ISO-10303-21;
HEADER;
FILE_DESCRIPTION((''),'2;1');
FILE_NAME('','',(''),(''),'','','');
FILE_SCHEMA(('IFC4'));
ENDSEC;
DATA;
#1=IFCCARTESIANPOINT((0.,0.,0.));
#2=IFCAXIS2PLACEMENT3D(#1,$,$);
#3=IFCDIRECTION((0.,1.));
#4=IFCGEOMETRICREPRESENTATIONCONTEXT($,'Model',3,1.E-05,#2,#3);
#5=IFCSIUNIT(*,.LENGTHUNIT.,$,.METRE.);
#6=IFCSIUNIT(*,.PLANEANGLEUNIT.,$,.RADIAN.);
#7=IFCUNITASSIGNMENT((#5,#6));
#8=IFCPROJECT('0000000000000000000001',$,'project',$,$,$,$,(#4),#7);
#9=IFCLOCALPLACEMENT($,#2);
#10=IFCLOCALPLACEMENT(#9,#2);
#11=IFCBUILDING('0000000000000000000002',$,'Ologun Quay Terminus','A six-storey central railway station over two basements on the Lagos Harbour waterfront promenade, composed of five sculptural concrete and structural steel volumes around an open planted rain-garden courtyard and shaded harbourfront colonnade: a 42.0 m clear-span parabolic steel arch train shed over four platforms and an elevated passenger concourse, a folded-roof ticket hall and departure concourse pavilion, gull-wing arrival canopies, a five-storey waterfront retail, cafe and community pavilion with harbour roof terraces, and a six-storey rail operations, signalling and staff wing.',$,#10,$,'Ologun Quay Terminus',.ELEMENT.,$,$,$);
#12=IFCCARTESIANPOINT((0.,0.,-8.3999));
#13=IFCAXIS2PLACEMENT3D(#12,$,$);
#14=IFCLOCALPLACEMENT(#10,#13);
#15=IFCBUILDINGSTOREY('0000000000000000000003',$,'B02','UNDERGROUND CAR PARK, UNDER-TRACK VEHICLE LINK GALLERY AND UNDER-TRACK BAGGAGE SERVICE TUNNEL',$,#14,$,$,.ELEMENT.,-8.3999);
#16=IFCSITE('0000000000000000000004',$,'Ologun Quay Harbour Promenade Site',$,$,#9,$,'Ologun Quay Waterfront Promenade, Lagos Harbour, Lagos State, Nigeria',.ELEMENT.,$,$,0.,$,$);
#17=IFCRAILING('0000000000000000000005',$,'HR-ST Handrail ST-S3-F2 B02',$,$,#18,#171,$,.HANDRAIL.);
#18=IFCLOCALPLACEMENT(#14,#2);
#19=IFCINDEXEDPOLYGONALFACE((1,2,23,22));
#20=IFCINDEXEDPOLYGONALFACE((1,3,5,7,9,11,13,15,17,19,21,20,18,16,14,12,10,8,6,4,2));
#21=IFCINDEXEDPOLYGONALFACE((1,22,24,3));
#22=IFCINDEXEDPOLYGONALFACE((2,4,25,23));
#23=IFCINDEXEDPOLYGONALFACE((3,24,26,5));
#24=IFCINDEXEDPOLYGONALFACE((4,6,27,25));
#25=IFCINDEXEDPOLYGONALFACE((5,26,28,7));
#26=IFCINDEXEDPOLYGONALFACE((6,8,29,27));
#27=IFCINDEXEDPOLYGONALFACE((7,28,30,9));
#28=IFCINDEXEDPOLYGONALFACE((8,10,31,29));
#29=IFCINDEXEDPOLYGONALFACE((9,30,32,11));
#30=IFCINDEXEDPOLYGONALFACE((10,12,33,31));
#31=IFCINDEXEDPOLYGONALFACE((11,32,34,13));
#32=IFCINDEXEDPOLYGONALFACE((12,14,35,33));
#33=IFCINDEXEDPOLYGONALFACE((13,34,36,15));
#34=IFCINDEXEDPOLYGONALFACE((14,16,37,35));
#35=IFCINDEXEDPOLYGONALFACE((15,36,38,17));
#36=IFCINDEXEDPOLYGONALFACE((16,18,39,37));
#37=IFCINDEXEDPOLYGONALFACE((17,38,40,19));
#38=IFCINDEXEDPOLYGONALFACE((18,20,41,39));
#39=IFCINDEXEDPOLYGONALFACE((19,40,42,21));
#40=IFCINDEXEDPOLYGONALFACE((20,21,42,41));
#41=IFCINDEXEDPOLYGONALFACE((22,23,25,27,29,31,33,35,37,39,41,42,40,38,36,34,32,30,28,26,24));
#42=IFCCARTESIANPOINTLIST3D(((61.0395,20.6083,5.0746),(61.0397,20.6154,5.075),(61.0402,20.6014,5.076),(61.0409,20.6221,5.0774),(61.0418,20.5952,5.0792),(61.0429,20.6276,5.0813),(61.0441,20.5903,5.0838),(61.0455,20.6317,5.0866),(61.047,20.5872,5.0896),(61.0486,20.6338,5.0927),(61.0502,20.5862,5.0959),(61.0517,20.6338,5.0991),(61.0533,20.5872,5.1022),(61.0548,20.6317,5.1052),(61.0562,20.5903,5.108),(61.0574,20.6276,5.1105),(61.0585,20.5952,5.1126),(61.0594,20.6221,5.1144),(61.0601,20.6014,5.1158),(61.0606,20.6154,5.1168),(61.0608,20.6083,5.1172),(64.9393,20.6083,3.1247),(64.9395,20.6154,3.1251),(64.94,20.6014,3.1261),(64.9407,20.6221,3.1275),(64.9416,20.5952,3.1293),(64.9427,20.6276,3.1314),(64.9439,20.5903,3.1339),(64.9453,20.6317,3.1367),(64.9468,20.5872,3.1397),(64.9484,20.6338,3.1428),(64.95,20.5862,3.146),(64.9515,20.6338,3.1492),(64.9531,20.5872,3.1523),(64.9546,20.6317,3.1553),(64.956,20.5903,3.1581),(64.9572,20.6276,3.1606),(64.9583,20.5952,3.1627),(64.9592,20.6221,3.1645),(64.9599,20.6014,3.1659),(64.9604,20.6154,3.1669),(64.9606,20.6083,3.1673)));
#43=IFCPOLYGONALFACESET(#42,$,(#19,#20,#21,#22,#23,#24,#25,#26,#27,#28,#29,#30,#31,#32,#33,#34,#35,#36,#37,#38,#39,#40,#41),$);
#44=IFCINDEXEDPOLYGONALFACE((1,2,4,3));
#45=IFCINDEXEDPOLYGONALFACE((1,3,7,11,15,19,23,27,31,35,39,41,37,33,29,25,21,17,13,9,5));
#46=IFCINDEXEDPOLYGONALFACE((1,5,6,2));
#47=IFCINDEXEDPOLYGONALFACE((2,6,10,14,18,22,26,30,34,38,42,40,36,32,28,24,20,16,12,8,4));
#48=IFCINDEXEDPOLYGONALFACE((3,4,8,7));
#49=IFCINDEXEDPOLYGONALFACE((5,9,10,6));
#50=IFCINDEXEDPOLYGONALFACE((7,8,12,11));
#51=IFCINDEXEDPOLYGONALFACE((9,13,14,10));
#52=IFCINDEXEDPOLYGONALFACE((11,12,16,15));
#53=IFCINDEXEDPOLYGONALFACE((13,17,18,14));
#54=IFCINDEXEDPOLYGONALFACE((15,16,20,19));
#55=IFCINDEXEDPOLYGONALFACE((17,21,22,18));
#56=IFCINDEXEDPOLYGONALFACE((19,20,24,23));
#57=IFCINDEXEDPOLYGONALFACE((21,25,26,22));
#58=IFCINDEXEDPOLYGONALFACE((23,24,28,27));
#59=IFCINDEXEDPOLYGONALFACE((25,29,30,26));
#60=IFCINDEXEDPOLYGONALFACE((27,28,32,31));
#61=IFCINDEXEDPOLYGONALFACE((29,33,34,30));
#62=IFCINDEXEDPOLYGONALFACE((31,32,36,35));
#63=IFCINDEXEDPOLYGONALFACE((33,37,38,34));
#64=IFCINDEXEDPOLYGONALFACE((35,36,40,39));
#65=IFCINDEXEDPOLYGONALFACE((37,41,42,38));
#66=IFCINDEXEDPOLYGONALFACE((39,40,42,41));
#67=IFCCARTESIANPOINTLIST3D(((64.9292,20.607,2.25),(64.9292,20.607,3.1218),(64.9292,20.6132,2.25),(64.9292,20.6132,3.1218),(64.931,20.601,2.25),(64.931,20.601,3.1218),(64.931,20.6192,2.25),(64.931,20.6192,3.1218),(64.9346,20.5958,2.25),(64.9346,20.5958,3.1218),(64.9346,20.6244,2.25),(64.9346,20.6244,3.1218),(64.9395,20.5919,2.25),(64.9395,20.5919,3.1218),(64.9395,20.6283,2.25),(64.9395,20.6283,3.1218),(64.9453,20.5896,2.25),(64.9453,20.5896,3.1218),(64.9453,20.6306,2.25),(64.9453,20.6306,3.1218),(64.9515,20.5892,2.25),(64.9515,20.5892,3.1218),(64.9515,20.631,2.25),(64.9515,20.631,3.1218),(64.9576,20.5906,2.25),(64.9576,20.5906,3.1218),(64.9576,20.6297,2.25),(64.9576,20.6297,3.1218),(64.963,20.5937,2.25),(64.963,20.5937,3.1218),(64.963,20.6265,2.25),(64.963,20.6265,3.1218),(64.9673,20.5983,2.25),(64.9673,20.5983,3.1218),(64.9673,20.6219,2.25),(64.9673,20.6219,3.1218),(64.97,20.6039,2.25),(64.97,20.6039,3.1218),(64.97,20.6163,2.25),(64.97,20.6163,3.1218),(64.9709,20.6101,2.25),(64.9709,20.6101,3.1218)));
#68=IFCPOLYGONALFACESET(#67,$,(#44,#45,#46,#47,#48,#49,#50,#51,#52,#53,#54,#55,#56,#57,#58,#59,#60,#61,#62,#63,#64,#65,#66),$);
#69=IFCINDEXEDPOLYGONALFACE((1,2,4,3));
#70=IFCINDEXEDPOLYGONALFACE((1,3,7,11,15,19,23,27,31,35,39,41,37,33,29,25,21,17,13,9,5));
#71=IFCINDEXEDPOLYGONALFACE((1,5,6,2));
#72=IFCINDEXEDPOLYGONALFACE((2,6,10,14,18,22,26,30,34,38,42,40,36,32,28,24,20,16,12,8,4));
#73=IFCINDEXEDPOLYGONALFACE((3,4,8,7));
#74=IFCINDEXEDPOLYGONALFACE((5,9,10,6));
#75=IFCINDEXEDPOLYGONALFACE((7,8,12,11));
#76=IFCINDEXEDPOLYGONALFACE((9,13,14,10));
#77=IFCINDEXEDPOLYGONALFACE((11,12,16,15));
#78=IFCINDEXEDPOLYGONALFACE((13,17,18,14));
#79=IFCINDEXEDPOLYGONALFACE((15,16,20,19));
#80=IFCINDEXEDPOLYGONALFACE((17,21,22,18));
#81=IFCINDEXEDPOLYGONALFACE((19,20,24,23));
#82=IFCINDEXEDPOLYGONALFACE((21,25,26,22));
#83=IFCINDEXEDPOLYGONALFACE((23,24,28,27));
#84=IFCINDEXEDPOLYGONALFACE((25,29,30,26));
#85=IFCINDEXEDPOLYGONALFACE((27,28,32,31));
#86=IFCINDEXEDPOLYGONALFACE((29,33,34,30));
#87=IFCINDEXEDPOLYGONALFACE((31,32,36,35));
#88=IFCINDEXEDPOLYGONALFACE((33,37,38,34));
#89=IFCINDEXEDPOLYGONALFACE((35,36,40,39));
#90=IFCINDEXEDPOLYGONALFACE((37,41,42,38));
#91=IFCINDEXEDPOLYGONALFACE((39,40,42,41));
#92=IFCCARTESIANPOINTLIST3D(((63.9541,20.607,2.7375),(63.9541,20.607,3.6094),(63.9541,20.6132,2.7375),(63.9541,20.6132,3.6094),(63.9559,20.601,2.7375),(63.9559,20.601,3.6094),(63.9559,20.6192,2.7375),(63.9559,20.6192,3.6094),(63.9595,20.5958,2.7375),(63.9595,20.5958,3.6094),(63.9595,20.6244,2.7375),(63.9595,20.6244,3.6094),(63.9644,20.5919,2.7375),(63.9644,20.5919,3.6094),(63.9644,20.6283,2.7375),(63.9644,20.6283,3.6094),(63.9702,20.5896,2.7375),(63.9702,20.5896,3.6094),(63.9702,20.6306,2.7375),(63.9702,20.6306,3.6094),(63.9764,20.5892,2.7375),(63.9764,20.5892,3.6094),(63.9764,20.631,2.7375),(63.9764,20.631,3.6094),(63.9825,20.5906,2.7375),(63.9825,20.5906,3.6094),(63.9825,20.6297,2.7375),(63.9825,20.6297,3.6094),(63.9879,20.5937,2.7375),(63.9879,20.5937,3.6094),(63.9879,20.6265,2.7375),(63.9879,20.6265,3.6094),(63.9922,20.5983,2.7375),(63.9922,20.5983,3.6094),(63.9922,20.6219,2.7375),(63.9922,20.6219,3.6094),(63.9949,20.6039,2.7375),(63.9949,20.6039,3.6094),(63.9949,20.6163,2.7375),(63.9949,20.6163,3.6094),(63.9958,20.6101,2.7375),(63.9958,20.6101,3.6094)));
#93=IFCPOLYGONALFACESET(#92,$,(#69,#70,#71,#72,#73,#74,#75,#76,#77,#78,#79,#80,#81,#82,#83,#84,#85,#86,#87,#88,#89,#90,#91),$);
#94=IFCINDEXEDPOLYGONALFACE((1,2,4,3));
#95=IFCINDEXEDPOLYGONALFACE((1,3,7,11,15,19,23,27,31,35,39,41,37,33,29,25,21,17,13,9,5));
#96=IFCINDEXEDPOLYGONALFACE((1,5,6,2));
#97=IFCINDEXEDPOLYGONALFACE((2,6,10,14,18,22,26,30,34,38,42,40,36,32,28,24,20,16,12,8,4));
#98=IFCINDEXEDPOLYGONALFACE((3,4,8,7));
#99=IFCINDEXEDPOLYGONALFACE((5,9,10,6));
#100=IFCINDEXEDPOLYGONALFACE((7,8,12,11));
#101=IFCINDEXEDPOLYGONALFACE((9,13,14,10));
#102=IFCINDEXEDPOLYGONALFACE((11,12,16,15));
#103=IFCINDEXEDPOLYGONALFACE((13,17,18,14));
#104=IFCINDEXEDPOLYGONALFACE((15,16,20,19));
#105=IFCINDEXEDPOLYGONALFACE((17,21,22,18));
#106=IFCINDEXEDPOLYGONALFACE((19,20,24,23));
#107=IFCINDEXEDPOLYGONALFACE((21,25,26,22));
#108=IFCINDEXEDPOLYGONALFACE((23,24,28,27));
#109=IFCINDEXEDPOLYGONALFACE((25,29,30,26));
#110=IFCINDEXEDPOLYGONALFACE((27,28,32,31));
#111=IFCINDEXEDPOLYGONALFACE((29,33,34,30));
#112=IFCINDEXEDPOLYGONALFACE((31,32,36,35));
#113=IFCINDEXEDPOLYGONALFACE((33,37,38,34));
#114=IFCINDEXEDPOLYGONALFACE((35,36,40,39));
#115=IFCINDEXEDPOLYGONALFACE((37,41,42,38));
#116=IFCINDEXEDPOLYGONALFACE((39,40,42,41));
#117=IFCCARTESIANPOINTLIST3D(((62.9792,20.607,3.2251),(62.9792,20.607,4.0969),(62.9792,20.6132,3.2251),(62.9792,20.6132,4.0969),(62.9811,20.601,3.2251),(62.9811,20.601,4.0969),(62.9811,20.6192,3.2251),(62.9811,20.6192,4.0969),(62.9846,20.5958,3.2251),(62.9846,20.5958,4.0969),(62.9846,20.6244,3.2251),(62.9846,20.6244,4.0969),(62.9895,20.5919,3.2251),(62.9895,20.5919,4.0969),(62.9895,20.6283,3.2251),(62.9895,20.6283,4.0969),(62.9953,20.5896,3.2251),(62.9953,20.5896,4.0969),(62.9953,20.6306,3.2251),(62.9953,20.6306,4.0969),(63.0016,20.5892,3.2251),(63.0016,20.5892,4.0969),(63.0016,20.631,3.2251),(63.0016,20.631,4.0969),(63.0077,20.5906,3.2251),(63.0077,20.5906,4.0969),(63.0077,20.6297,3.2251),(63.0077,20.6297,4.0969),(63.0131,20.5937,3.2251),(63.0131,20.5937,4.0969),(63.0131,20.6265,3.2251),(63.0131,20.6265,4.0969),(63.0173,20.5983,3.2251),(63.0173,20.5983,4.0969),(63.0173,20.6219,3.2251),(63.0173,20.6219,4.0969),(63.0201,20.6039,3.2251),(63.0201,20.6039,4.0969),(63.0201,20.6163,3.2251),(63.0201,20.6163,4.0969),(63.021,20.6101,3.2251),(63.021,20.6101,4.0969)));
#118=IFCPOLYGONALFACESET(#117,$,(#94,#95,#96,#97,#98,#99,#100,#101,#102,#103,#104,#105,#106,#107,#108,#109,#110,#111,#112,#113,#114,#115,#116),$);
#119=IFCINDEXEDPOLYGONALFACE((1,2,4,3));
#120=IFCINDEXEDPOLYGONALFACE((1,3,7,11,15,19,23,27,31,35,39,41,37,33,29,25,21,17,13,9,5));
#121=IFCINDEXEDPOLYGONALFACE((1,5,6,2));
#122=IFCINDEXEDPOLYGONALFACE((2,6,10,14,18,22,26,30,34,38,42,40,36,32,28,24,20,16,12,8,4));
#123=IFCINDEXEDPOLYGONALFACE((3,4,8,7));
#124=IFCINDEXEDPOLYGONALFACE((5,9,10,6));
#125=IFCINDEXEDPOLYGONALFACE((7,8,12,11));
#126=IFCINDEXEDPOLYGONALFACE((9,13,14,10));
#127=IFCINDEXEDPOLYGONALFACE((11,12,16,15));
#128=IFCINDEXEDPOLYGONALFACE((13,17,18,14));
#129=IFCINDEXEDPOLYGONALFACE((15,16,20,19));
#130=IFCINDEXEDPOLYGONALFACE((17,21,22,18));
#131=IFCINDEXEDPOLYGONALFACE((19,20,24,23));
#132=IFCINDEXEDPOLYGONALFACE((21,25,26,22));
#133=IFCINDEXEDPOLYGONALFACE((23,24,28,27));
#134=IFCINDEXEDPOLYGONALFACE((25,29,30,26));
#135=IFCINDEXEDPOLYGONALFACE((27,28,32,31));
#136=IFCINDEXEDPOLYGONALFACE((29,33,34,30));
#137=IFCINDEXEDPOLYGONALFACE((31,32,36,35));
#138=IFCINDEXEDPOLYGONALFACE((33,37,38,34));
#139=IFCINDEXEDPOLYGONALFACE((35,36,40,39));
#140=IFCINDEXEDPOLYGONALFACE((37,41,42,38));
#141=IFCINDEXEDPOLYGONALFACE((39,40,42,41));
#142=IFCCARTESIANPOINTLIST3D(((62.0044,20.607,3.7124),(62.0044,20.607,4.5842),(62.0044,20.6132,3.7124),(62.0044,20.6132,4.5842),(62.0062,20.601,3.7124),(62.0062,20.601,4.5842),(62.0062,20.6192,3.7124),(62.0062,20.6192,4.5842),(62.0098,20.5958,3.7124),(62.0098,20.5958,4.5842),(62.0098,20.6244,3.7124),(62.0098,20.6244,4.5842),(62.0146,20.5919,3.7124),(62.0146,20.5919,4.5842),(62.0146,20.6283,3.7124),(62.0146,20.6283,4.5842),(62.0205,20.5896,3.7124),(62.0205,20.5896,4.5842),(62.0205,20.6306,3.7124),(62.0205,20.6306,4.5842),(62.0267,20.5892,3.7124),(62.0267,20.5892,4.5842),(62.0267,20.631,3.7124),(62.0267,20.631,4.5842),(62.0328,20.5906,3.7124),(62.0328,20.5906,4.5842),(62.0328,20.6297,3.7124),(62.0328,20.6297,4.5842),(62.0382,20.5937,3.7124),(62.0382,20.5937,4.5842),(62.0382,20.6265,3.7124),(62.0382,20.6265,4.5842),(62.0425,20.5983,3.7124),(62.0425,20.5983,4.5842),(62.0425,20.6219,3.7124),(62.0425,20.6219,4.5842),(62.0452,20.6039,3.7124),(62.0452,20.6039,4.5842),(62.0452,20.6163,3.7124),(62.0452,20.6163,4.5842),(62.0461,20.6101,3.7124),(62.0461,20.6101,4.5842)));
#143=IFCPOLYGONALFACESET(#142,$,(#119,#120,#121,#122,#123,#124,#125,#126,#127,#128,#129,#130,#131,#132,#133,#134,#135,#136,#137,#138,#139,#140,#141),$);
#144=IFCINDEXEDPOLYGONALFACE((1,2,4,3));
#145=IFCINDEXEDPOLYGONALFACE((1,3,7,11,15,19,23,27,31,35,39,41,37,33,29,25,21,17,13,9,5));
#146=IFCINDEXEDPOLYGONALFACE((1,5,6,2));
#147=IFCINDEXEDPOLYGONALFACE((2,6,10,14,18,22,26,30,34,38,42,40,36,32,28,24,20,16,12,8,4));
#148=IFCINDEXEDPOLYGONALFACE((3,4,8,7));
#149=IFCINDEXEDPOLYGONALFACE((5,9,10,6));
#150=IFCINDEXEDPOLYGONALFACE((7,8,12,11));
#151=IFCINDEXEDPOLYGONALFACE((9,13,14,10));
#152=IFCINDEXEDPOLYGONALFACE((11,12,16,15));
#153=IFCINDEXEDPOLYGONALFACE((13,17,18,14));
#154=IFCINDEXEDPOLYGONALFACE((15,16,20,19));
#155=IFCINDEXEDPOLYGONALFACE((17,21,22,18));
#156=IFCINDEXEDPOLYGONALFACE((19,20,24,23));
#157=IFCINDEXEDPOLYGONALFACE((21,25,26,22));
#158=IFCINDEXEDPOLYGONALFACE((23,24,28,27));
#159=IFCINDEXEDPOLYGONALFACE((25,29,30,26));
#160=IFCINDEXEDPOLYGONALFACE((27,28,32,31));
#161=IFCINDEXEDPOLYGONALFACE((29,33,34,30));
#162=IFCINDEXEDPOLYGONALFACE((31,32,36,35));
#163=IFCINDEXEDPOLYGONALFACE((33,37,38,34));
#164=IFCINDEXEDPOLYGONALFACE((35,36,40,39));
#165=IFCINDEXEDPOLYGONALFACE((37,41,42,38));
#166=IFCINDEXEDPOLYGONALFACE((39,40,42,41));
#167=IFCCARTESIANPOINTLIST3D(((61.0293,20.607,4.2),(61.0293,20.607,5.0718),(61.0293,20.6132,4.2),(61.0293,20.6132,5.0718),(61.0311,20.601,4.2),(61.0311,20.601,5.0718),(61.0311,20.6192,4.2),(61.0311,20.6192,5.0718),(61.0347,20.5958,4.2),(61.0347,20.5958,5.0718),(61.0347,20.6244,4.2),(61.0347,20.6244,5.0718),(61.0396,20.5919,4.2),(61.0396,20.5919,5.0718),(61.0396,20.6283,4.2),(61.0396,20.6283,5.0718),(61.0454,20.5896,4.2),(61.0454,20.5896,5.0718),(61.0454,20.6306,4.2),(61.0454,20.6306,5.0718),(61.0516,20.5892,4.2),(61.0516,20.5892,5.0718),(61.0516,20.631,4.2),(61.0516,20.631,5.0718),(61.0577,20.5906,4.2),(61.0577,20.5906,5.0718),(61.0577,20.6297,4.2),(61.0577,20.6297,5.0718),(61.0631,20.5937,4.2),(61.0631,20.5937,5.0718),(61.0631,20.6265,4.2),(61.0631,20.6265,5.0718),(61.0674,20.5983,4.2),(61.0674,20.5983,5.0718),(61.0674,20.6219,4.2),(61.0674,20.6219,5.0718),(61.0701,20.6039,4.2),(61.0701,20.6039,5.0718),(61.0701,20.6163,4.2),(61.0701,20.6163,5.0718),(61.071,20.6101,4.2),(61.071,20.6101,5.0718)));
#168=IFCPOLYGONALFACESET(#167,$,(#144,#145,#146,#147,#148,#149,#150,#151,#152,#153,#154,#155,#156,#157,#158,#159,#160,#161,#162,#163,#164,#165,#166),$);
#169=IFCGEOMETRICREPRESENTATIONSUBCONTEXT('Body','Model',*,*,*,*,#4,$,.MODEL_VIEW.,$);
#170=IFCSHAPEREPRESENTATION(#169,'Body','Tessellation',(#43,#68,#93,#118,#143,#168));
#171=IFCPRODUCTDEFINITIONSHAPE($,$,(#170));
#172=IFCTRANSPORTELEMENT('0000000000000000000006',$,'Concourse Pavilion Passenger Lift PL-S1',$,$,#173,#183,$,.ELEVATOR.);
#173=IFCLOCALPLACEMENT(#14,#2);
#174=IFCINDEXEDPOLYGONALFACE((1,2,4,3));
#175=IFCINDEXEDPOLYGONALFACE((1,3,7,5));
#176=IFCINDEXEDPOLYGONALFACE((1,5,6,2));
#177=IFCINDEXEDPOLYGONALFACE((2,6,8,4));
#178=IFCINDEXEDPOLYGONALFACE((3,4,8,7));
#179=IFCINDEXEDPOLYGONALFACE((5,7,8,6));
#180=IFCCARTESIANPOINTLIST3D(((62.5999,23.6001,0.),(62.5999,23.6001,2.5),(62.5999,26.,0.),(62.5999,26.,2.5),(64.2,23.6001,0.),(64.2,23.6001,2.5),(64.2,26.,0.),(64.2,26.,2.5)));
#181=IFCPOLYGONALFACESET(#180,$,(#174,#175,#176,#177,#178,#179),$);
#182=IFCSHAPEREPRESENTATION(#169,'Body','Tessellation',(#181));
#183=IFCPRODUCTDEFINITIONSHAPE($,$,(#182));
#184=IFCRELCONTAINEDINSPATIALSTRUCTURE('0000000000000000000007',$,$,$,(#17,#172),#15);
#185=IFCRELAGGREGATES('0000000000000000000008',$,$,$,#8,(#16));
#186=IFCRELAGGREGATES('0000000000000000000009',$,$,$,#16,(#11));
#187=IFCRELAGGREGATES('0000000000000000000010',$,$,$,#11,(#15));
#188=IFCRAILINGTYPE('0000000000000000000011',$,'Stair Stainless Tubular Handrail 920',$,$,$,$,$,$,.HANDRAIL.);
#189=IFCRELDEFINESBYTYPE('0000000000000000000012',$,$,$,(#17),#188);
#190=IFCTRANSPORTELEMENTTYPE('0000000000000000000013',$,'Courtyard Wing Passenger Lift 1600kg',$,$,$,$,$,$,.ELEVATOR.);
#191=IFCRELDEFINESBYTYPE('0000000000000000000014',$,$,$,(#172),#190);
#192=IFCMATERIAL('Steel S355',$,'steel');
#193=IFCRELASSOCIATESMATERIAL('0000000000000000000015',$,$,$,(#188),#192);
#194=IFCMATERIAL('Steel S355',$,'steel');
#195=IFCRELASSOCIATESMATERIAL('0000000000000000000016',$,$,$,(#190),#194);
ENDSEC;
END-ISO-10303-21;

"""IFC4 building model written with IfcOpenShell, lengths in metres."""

from ifc_helpers import new_model, si_unit, direction, frame, origin, origin_2d, place, context, subcontext, project, spatial, rectangle, circle, extrude, material, type_object, element, save


model = new_model("IFC4")

# Units and contexts
model_context = context("Model", 3, precision=1e-05, world=origin(), true_north=direction((0.0, 1.0)))
body_context = subcontext(model_context, "Body", "Model", "MODEL_VIEW")
ifc_project = project(units=[si_unit("LENGTHUNIT", "METRE"), si_unit("PLANEANGLEUNIT", "RADIAN")], contexts=[model_context])

# Site, building, storey
site_placement = place(None, origin())
site = spatial("IfcSite", under=ifc_project, at=site_placement, Name="Ologun Quay Harbour Promenade Site", LongName="Ologun Quay Waterfront Promenade, Lagos Harbour, Lagos State, Nigeria", CompositionType="ELEMENT", RefElevation=0.0)
building_placement = place(site_placement, origin())
building = spatial("IfcBuilding", under=site, at=building_placement, Name="Ologun Quay Terminus", Description="A six-storey central railway station over two basements on the Lagos Harbour waterfront promenade, composed of five sculptural concrete and structural steel volumes around an open planted rain-garden courtyard and shaded harbourfront colonnade: a 42.0 m clear-span parabolic steel arch train shed over four platforms and an elevated passenger concourse, a folded-roof ticket hall and departure concourse pavilion, gull-wing arrival canopies, a five-storey waterfront retail, cafe and community pavilion with harbour roof terraces, and a six-storey rail operations, signalling and staff wing.", LongName="Ologun Quay Terminus", CompositionType="ELEMENT")
storey_placement = place(building_placement, frame((0.0, 0.0, -8.3999)))
storey = spatial("IfcBuildingStorey", under=building, at=storey_placement, Name="B02", Description="UNDERGROUND CAR PARK, UNDER-TRACK VEHICLE LINK GALLERY AND UNDER-TRACK BAGGAGE SERVICE TUNNEL", CompositionType="ELEMENT", Elevation=-8.3999)

# Railing
ifc_material_1 = material(Name="Steel S355", Category="steel")
railing_type_1 = type_object("IfcRailingType", Name="Stair Stainless Tubular Handrail 920", PredefinedType="HANDRAIL", material=ifc_material_1)
railing_1_placement = place(storey_placement, frame((64.95, 20.6101, 2.25)))
element("IfcRailing", 1, at=railing_1_placement, inside=storey, type_object=railing_type_1, Name="HR-ST Handrail ST-S3-F2 B02", PredefinedType="HANDRAIL", context=body_context, shape_type="SweptSolid", body=[
    extrude(circle(Radius=0.0239, at=origin_2d()), frame((0.0, 0.0, 0.896), z_axis=(-0.894427, 0.0, 0.447214), x_axis=(0.0, -1.0, 0.0)), (0.0, 0.0, 1.0), 4.3601),
    extrude(circle(Radius=0.021, at=origin_2d()), origin(), (0.0, 0.0, 1.0), 0.8718),
    extrude(circle(Radius=0.021, at=origin_2d()), frame((-0.9751, 0.0, 0.4875)), (0.0, 0.0, 1.0), 0.8718),
    extrude(circle(Radius=0.021, at=origin_2d()), frame((-1.95, 0.0, 0.9751)), (0.0, 0.0, 1.0), 0.8718),
    extrude(circle(Radius=0.021, at=origin_2d()), frame((-2.9248, 0.0, 1.4624)), (0.0, 0.0, 1.0), 0.8718),
    extrude(circle(Radius=0.021, at=origin_2d()), frame((-3.8999, 0.0, 1.95)), (0.0, 0.0, 1.0), 0.8718),
])

# Transport element
ifc_material_2 = material(Name="Steel S355", Category="steel")
transport_element_type = type_object("IfcTransportElementType", Name="Courtyard Wing Passenger Lift 1600kg", PredefinedType="ELEVATOR", material=ifc_material_2)
transport_element_placement = place(storey_placement, frame((63.3999, 24.8, 0.0), z_axis=(0.0, 0.0, 1.0), x_axis=(1.0, 0.0, 0.0)))
element("IfcTransportElement", 2, at=transport_element_placement, inside=storey, type_object=transport_element_type, Name="Concourse Pavilion Passenger Lift PL-S1", PredefinedType="ELEVATOR", context=body_context, shape_type="SweptSolid", body=[
    extrude(rectangle(XDim=1.6001, YDim=2.3999, at=origin_2d()), origin(), (0.0, 0.0, 1.0), 2.5),
])

save(model, "model.ifc")
